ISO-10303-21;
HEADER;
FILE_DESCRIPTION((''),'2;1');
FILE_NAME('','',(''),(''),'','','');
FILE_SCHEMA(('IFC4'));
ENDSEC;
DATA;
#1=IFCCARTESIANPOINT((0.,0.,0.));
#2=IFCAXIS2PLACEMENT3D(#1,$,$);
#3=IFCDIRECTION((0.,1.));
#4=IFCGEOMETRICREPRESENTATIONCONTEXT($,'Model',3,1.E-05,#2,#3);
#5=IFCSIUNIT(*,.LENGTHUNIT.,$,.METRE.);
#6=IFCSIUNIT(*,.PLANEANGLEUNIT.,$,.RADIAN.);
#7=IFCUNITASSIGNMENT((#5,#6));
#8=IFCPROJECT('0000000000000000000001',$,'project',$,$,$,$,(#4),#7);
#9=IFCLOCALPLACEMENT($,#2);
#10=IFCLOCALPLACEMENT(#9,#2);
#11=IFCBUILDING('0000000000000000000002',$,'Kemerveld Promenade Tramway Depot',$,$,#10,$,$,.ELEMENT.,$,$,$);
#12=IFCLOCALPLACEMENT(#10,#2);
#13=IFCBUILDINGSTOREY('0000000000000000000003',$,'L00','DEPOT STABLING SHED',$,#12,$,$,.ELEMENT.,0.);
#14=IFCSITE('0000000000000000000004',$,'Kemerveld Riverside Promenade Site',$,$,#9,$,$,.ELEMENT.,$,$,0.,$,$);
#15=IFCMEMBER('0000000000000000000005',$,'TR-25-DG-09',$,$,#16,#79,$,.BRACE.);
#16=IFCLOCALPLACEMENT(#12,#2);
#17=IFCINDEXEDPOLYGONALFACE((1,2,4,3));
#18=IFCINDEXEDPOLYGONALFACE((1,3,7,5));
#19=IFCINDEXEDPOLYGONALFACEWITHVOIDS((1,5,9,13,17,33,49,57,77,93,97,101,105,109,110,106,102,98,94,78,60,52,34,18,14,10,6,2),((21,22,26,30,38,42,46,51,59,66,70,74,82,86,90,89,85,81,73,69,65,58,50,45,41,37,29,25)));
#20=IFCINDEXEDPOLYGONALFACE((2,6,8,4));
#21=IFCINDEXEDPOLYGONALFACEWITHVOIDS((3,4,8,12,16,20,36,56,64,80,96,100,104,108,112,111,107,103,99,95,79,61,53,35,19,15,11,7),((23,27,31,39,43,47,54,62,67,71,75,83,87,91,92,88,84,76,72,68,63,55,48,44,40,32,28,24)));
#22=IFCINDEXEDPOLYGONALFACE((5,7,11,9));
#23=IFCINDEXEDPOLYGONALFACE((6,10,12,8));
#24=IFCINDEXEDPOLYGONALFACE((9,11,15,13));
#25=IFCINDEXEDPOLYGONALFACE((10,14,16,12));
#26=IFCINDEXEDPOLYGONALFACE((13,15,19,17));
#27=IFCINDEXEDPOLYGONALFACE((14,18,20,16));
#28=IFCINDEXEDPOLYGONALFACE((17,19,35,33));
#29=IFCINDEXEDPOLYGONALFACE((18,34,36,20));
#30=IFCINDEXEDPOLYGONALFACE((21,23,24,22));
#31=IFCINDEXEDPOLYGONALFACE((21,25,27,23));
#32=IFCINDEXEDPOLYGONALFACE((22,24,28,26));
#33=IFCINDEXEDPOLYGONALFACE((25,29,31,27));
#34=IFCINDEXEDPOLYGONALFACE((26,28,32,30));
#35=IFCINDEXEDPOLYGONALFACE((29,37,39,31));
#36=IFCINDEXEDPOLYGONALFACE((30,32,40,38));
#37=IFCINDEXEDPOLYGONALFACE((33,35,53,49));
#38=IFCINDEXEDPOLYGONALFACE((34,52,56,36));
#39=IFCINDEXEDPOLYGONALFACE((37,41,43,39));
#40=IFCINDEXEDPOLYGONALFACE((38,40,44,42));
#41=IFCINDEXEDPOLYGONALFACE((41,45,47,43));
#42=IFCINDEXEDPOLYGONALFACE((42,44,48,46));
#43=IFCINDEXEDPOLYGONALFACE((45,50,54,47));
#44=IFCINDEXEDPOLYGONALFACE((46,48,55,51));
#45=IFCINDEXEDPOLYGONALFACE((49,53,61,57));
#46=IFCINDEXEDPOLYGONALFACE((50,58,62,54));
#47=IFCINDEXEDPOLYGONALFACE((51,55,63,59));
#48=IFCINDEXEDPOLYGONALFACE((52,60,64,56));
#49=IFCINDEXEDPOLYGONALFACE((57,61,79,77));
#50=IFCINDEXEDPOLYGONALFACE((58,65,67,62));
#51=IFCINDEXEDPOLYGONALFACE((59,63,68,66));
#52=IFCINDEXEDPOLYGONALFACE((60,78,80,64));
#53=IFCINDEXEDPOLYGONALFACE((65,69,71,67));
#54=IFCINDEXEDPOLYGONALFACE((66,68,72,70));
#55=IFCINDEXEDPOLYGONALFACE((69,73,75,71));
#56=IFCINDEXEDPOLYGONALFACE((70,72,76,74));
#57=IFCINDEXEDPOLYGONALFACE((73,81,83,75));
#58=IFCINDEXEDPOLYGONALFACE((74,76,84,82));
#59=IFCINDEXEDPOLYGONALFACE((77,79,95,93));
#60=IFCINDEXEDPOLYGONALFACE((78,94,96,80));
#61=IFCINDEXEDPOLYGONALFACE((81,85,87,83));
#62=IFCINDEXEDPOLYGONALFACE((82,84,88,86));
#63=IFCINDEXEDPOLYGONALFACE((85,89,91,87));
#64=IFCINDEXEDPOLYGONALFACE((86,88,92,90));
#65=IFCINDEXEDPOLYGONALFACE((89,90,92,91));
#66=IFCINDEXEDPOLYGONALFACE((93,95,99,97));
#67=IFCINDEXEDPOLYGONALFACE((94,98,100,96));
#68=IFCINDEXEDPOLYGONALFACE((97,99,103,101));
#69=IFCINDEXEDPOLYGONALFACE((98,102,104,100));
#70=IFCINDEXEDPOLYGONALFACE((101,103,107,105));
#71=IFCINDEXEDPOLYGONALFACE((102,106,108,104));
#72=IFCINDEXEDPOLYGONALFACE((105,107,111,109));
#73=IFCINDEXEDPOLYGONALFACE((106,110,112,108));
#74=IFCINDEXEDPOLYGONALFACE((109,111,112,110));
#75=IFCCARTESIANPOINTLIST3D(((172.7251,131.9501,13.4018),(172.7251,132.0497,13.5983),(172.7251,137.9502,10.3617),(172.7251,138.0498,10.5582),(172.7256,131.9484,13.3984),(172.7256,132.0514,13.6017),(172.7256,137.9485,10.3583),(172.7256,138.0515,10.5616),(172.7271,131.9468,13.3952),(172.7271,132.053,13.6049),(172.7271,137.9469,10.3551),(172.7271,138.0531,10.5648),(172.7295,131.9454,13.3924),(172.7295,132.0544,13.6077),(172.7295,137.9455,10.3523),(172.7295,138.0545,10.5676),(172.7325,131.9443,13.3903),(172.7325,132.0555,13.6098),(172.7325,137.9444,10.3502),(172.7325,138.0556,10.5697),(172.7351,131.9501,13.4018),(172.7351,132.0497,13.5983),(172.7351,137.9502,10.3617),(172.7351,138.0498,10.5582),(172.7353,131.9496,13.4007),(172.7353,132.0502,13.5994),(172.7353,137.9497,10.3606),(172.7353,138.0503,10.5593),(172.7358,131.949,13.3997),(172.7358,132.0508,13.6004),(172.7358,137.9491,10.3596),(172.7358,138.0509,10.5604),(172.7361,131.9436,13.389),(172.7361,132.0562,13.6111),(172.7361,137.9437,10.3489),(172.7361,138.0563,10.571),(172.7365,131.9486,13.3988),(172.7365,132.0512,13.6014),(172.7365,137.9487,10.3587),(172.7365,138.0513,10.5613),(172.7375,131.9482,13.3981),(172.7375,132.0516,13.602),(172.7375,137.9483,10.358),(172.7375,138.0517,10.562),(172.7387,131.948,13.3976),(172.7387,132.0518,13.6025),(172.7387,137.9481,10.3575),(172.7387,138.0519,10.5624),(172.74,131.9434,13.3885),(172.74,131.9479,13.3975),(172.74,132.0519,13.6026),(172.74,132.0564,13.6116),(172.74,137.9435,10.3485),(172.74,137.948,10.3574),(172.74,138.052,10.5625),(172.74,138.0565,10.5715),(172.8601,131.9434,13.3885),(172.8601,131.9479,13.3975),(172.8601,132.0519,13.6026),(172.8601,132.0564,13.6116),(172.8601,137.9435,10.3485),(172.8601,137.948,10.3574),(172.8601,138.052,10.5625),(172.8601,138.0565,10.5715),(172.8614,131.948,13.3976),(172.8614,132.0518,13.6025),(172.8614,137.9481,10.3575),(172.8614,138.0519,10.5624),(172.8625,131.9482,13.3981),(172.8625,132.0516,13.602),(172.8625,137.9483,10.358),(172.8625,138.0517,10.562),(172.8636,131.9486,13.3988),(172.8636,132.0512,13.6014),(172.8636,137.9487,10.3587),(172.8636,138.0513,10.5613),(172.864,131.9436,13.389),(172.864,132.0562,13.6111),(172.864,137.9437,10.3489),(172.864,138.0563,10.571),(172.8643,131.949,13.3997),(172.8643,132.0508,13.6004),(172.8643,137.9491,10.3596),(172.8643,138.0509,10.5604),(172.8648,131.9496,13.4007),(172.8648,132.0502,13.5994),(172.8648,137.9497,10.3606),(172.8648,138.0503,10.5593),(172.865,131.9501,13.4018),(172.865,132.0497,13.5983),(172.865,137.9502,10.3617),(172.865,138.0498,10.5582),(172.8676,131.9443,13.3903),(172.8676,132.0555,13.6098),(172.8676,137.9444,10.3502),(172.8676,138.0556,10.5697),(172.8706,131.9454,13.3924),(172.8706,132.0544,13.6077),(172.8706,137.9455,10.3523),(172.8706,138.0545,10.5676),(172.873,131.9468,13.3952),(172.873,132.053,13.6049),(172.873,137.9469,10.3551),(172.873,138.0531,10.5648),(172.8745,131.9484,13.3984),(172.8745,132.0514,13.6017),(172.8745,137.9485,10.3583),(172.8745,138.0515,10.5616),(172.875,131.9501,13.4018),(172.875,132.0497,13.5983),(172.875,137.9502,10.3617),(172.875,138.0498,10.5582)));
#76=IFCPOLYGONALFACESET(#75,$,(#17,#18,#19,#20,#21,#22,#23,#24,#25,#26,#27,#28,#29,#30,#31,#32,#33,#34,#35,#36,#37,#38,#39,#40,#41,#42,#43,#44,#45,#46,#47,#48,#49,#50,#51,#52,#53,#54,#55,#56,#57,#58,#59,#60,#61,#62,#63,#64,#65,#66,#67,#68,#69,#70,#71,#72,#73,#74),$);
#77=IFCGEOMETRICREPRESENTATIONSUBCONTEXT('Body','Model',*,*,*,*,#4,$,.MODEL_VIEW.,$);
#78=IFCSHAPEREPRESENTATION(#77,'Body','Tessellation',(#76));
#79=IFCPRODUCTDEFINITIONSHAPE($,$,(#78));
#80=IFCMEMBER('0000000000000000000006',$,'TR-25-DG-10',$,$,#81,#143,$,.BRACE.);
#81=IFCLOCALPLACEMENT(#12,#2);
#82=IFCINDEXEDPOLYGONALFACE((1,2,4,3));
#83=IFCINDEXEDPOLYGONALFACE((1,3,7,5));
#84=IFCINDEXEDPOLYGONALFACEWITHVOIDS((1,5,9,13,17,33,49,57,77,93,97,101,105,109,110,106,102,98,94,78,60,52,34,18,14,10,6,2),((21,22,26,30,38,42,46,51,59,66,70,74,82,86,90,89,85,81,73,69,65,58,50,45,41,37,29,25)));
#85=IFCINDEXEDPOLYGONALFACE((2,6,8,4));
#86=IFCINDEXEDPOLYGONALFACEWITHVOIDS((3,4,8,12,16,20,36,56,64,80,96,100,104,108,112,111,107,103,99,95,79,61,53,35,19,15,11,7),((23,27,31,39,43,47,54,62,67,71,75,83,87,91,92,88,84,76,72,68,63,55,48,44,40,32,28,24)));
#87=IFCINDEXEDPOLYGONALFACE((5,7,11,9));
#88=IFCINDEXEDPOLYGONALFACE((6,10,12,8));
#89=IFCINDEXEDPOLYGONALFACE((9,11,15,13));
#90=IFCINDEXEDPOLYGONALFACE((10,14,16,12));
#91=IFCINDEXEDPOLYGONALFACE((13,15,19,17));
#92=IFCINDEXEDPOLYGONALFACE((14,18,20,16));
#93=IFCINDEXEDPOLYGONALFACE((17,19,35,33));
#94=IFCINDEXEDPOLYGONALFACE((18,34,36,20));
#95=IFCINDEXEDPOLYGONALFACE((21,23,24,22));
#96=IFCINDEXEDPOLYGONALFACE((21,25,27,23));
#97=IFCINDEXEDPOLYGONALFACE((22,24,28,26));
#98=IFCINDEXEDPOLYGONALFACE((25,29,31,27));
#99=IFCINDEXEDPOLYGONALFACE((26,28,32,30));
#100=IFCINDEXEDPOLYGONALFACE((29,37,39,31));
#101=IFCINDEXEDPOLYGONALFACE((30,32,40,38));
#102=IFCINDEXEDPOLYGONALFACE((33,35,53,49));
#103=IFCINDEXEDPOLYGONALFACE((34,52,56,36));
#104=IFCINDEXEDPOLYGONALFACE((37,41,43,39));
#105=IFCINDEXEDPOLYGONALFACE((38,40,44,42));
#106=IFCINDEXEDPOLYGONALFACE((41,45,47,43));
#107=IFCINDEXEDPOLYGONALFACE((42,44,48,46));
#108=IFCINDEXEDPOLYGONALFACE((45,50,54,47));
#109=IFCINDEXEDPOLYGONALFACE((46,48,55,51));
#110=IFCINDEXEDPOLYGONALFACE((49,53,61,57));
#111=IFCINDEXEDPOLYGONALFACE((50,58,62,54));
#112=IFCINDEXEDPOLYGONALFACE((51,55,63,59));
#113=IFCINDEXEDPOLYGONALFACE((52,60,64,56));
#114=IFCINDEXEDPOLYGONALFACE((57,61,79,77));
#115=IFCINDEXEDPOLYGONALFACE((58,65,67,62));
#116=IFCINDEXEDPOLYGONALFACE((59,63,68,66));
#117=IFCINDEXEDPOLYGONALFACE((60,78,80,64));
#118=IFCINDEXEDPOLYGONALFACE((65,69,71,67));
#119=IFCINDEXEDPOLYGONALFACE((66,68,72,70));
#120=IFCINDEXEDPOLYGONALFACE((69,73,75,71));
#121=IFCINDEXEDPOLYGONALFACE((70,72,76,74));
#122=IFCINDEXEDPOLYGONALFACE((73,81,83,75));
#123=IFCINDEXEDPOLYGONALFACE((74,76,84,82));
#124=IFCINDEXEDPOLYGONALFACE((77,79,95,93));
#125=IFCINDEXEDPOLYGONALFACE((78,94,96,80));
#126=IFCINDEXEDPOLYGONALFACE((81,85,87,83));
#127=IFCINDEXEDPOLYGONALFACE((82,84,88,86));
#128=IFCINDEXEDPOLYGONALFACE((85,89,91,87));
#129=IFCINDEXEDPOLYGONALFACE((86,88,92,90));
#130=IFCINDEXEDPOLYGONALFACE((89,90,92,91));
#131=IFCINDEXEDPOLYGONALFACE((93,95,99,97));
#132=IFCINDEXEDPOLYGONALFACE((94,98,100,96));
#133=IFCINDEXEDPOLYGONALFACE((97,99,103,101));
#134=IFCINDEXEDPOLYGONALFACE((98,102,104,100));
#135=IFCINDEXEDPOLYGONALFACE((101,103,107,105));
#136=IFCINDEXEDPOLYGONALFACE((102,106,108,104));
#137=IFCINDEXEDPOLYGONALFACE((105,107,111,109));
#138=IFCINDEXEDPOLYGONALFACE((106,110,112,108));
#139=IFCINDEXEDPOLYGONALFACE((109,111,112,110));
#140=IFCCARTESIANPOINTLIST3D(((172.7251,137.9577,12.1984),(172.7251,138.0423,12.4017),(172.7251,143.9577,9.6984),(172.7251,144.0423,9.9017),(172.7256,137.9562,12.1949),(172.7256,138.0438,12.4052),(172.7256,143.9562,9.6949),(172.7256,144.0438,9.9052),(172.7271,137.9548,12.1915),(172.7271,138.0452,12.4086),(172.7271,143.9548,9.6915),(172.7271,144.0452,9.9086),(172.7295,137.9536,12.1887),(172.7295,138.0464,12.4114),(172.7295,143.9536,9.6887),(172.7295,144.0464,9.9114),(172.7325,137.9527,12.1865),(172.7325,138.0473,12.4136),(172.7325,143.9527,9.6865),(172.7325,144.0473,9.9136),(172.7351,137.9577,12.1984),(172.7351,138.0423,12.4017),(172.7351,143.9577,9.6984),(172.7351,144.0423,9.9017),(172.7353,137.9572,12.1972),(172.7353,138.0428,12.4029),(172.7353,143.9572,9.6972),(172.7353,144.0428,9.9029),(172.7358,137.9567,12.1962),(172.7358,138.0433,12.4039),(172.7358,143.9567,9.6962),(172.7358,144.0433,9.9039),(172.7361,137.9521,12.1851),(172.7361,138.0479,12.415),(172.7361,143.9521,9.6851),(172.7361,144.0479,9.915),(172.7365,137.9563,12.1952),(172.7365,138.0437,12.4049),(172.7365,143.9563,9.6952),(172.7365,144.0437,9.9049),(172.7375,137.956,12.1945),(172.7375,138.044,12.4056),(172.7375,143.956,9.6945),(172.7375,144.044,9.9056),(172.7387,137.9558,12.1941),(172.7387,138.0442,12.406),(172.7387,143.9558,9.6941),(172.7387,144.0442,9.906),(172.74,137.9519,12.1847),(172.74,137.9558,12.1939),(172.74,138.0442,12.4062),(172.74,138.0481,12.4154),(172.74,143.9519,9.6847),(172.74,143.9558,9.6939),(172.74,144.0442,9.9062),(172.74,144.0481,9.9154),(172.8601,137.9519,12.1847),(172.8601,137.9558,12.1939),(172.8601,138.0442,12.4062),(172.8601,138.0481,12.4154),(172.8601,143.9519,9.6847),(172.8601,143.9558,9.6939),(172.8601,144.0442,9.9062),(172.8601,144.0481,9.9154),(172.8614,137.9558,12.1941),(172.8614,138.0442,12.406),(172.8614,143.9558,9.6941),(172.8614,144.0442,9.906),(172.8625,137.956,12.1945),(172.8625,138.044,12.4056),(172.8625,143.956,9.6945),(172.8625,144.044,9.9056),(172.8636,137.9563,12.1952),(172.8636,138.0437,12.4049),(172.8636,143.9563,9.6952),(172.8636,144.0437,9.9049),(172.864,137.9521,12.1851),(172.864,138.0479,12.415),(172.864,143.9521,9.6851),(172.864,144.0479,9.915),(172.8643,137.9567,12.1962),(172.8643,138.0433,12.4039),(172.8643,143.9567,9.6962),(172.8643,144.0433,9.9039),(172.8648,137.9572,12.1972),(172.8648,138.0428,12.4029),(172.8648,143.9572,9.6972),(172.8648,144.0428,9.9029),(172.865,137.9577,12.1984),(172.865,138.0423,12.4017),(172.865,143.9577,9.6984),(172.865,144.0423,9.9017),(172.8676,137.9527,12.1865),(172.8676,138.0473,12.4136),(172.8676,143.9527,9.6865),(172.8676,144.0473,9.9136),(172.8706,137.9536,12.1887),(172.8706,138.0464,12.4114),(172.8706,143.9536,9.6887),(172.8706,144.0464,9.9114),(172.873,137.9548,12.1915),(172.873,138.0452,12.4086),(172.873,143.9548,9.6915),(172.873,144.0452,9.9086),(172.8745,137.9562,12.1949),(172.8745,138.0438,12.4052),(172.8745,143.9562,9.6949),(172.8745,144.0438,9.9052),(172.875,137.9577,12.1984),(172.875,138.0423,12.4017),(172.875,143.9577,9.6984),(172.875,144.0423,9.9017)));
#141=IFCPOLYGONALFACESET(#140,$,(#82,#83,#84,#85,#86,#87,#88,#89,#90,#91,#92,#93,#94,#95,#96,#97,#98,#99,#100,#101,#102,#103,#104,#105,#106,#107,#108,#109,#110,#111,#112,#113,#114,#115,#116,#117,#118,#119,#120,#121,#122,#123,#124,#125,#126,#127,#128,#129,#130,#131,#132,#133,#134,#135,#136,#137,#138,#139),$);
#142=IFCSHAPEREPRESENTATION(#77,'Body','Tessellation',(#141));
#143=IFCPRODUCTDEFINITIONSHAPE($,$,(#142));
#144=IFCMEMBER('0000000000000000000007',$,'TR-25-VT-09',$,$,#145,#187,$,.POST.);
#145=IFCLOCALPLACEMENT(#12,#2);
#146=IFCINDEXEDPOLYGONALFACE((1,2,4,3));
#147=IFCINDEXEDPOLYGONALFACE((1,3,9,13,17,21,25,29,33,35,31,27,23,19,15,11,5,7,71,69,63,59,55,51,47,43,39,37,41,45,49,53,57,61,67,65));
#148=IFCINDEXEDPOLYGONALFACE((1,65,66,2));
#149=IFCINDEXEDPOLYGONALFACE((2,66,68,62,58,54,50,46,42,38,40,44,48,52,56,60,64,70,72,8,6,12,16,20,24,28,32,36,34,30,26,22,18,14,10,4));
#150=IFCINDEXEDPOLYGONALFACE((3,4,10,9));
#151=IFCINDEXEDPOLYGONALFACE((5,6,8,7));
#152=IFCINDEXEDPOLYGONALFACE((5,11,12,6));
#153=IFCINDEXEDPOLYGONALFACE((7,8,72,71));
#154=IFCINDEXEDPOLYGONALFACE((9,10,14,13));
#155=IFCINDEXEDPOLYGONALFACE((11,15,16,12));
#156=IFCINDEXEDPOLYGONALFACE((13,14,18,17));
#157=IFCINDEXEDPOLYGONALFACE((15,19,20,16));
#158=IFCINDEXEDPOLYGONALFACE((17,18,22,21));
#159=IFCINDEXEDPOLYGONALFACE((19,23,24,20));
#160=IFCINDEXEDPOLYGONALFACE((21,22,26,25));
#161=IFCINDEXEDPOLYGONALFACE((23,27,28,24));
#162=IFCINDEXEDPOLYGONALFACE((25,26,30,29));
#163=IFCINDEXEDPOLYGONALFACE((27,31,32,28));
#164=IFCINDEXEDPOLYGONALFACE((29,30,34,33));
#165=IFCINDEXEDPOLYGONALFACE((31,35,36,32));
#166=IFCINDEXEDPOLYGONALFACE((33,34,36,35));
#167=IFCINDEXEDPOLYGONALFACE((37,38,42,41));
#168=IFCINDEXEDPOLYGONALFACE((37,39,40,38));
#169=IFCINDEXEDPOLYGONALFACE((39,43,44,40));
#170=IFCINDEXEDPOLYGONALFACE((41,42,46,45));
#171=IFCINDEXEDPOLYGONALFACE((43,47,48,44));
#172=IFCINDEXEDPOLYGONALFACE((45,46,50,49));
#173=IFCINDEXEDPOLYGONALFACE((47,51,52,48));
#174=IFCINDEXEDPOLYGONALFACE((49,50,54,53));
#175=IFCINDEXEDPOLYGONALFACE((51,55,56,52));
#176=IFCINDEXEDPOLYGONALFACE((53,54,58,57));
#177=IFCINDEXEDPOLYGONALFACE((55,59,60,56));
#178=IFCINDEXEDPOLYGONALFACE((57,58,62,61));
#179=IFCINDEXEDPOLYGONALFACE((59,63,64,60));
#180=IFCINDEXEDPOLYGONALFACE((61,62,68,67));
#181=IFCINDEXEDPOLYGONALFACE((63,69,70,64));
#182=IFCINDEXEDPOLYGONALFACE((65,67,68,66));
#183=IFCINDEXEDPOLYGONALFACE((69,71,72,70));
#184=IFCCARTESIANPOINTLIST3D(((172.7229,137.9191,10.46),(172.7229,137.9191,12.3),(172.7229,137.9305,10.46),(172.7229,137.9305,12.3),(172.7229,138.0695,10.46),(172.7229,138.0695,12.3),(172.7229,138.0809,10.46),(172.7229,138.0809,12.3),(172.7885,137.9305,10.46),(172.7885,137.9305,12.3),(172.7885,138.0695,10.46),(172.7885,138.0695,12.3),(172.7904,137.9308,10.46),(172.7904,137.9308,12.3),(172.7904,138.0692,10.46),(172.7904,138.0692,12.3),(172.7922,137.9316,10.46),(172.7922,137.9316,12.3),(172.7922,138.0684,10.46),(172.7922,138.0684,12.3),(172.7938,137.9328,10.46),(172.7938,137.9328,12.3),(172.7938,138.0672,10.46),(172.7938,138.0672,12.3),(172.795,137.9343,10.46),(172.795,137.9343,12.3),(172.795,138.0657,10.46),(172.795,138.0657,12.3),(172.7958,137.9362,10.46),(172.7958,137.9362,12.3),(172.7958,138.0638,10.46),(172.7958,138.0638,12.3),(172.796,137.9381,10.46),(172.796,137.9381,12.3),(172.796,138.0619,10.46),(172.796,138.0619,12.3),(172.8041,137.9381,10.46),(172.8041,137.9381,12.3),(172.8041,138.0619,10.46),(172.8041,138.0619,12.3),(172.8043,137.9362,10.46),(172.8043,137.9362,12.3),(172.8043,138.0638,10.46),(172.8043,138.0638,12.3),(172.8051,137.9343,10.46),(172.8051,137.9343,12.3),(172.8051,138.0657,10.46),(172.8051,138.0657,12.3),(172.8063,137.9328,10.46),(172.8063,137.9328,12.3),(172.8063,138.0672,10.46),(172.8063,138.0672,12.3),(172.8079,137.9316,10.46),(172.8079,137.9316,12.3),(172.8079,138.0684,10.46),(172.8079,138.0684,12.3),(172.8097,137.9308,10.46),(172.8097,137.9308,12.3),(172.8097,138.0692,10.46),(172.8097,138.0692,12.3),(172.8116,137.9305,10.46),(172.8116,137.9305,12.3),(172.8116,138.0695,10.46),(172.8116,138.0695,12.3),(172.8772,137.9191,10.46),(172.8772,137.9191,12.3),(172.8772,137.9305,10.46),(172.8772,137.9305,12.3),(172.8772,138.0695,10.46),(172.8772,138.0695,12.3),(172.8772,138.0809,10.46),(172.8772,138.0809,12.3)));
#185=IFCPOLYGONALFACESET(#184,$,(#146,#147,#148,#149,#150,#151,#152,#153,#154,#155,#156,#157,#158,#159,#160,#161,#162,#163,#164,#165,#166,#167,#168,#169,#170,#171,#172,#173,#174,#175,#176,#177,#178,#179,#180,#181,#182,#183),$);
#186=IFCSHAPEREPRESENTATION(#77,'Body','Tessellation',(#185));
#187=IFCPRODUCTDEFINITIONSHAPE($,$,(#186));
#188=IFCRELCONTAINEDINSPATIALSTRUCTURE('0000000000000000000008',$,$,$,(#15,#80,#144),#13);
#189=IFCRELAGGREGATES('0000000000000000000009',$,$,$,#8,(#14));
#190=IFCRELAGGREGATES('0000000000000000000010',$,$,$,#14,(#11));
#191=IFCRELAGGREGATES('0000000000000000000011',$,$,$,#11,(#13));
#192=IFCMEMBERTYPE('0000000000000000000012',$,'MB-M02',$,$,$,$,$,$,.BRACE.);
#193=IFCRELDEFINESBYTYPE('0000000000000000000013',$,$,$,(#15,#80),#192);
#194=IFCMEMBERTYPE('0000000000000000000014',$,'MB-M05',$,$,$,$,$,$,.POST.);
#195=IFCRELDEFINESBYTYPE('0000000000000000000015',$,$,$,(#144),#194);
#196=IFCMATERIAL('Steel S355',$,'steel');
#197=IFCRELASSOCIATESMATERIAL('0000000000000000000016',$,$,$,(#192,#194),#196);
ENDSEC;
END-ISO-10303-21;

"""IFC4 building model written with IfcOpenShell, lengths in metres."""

from ifc_helpers import new_model, si_unit, direction, frame, origin, origin_2d, place, context, subcontext, project, spatial, hollow_rectangle, i_section, extrude, material, material_profile, profile_set, type_object, element, save


model = new_model("IFC4")

# Units and contexts
model_context = context("Model", 3, precision=1e-05, world=origin(), true_north=direction((0.0, 1.0)))
body_context = subcontext(model_context, "Body", "Model", "MODEL_VIEW")
ifc_project = project(units=[si_unit("LENGTHUNIT", "METRE"), si_unit("PLANEANGLEUNIT", "RADIAN")], contexts=[model_context])

# Site, building, storey
site_placement = place(None, origin())
site = spatial("IfcSite", under=ifc_project, at=site_placement, Name="Kemerveld Riverside Promenade Site", CompositionType="ELEMENT", RefElevation=0.0)
building_placement = place(site_placement, origin())
building = spatial("IfcBuilding", under=site, at=building_placement, Name="Kemerveld Promenade Tramway Depot", CompositionType="ELEMENT")
storey_placement = place(building_placement, origin())
storey = spatial("IfcBuildingStorey", under=building, at=storey_placement, Name="L00", Description="DEPOT STABLING SHED", CompositionType="ELEMENT", Elevation=0.0)

# Shared definitions
ifc_material_1 = material(Name="Steel S355", Category="steel")

# Members
ifc_material_profile_1 = material_profile(ifc_material_1, hollow_rectangle(XDim=0.1499, YDim=0.25, WallThickness=0.01, InnerFilletRadius=0.0049, OuterFilletRadius=0.0149, at=origin_2d()), Name="250x150x10.0 RHS")
ifc_profile_set_1 = profile_set([ifc_material_profile_1], Name="Steel S355")
member_type_1 = type_object("IfcMemberType", Name="MB-M02", PredefinedType="BRACE", material=ifc_profile_set_1)
member_1_placement = place(storey_placement, frame((172.8, 138.0, 10.46), z_axis=(0.0, -0.892033, 0.451969), x_axis=(1.0, 0.0, 0.0)))
element("IfcMember", 1, at=member_1_placement, inside=storey, type_object=member_type_1, Name="TR-25-DG-09", PredefinedType="BRACE", context=body_context, shape_type="SweptSolid", body=[
    extrude(hollow_rectangle(XDim=0.1499, YDim=0.25, WallThickness=0.01, InnerFilletRadius=0.0049, OuterFilletRadius=0.0149, at=origin_2d()), origin(), (0.0, 0.0, 1.0), 6.7263),
])
member_2_placement = place(storey_placement, frame((172.8, 144.0, 9.8), z_axis=(0.0, -0.923077, 0.384615), x_axis=(1.0, 0.0, 0.0)))
element("IfcMember", 2, at=member_2_placement, inside=storey, type_object=member_type_1, Name="TR-25-DG-10", PredefinedType="BRACE", context=body_context, shape_type="SweptSolid", body=[
    extrude(hollow_rectangle(XDim=0.1499, YDim=0.25, WallThickness=0.01, InnerFilletRadius=0.0049, OuterFilletRadius=0.0149, at=origin_2d()), origin(), (0.0, 0.0, 1.0), 6.5),
])
ifc_material_profile_2 = material_profile(ifc_material_1, i_section(OverallWidth=0.1543, OverallDepth=0.1619, WebThickness=0.0081, FlangeThickness=0.0115, FilletRadius=0.0076, at=origin_2d()), Name="152x152x37 UC")
ifc_profile_set_2 = profile_set([ifc_material_profile_2], Name="Steel S355")
member_type_2 = type_object("IfcMemberType", Name="MB-M05", PredefinedType="POST", material=ifc_profile_set_2)
member_3_placement = place(storey_placement, frame((172.8, 138.0, 10.46), z_axis=(0.0, 0.0, 1.0), x_axis=(1.0, 0.0, 0.0)))
element("IfcMember", 3, at=member_3_placement, inside=storey, type_object=member_type_2, Name="TR-25-VT-09", PredefinedType="POST", context=body_context, shape_type="SweptSolid", body=[
    extrude(i_section(OverallWidth=0.1543, OverallDepth=0.1619, WebThickness=0.0081, FlangeThickness=0.0115, FilletRadius=0.0076, at=origin_2d()), origin(), (0.0, 0.0, 1.0), 1.8401),
])

save(model, "model.ifc")
